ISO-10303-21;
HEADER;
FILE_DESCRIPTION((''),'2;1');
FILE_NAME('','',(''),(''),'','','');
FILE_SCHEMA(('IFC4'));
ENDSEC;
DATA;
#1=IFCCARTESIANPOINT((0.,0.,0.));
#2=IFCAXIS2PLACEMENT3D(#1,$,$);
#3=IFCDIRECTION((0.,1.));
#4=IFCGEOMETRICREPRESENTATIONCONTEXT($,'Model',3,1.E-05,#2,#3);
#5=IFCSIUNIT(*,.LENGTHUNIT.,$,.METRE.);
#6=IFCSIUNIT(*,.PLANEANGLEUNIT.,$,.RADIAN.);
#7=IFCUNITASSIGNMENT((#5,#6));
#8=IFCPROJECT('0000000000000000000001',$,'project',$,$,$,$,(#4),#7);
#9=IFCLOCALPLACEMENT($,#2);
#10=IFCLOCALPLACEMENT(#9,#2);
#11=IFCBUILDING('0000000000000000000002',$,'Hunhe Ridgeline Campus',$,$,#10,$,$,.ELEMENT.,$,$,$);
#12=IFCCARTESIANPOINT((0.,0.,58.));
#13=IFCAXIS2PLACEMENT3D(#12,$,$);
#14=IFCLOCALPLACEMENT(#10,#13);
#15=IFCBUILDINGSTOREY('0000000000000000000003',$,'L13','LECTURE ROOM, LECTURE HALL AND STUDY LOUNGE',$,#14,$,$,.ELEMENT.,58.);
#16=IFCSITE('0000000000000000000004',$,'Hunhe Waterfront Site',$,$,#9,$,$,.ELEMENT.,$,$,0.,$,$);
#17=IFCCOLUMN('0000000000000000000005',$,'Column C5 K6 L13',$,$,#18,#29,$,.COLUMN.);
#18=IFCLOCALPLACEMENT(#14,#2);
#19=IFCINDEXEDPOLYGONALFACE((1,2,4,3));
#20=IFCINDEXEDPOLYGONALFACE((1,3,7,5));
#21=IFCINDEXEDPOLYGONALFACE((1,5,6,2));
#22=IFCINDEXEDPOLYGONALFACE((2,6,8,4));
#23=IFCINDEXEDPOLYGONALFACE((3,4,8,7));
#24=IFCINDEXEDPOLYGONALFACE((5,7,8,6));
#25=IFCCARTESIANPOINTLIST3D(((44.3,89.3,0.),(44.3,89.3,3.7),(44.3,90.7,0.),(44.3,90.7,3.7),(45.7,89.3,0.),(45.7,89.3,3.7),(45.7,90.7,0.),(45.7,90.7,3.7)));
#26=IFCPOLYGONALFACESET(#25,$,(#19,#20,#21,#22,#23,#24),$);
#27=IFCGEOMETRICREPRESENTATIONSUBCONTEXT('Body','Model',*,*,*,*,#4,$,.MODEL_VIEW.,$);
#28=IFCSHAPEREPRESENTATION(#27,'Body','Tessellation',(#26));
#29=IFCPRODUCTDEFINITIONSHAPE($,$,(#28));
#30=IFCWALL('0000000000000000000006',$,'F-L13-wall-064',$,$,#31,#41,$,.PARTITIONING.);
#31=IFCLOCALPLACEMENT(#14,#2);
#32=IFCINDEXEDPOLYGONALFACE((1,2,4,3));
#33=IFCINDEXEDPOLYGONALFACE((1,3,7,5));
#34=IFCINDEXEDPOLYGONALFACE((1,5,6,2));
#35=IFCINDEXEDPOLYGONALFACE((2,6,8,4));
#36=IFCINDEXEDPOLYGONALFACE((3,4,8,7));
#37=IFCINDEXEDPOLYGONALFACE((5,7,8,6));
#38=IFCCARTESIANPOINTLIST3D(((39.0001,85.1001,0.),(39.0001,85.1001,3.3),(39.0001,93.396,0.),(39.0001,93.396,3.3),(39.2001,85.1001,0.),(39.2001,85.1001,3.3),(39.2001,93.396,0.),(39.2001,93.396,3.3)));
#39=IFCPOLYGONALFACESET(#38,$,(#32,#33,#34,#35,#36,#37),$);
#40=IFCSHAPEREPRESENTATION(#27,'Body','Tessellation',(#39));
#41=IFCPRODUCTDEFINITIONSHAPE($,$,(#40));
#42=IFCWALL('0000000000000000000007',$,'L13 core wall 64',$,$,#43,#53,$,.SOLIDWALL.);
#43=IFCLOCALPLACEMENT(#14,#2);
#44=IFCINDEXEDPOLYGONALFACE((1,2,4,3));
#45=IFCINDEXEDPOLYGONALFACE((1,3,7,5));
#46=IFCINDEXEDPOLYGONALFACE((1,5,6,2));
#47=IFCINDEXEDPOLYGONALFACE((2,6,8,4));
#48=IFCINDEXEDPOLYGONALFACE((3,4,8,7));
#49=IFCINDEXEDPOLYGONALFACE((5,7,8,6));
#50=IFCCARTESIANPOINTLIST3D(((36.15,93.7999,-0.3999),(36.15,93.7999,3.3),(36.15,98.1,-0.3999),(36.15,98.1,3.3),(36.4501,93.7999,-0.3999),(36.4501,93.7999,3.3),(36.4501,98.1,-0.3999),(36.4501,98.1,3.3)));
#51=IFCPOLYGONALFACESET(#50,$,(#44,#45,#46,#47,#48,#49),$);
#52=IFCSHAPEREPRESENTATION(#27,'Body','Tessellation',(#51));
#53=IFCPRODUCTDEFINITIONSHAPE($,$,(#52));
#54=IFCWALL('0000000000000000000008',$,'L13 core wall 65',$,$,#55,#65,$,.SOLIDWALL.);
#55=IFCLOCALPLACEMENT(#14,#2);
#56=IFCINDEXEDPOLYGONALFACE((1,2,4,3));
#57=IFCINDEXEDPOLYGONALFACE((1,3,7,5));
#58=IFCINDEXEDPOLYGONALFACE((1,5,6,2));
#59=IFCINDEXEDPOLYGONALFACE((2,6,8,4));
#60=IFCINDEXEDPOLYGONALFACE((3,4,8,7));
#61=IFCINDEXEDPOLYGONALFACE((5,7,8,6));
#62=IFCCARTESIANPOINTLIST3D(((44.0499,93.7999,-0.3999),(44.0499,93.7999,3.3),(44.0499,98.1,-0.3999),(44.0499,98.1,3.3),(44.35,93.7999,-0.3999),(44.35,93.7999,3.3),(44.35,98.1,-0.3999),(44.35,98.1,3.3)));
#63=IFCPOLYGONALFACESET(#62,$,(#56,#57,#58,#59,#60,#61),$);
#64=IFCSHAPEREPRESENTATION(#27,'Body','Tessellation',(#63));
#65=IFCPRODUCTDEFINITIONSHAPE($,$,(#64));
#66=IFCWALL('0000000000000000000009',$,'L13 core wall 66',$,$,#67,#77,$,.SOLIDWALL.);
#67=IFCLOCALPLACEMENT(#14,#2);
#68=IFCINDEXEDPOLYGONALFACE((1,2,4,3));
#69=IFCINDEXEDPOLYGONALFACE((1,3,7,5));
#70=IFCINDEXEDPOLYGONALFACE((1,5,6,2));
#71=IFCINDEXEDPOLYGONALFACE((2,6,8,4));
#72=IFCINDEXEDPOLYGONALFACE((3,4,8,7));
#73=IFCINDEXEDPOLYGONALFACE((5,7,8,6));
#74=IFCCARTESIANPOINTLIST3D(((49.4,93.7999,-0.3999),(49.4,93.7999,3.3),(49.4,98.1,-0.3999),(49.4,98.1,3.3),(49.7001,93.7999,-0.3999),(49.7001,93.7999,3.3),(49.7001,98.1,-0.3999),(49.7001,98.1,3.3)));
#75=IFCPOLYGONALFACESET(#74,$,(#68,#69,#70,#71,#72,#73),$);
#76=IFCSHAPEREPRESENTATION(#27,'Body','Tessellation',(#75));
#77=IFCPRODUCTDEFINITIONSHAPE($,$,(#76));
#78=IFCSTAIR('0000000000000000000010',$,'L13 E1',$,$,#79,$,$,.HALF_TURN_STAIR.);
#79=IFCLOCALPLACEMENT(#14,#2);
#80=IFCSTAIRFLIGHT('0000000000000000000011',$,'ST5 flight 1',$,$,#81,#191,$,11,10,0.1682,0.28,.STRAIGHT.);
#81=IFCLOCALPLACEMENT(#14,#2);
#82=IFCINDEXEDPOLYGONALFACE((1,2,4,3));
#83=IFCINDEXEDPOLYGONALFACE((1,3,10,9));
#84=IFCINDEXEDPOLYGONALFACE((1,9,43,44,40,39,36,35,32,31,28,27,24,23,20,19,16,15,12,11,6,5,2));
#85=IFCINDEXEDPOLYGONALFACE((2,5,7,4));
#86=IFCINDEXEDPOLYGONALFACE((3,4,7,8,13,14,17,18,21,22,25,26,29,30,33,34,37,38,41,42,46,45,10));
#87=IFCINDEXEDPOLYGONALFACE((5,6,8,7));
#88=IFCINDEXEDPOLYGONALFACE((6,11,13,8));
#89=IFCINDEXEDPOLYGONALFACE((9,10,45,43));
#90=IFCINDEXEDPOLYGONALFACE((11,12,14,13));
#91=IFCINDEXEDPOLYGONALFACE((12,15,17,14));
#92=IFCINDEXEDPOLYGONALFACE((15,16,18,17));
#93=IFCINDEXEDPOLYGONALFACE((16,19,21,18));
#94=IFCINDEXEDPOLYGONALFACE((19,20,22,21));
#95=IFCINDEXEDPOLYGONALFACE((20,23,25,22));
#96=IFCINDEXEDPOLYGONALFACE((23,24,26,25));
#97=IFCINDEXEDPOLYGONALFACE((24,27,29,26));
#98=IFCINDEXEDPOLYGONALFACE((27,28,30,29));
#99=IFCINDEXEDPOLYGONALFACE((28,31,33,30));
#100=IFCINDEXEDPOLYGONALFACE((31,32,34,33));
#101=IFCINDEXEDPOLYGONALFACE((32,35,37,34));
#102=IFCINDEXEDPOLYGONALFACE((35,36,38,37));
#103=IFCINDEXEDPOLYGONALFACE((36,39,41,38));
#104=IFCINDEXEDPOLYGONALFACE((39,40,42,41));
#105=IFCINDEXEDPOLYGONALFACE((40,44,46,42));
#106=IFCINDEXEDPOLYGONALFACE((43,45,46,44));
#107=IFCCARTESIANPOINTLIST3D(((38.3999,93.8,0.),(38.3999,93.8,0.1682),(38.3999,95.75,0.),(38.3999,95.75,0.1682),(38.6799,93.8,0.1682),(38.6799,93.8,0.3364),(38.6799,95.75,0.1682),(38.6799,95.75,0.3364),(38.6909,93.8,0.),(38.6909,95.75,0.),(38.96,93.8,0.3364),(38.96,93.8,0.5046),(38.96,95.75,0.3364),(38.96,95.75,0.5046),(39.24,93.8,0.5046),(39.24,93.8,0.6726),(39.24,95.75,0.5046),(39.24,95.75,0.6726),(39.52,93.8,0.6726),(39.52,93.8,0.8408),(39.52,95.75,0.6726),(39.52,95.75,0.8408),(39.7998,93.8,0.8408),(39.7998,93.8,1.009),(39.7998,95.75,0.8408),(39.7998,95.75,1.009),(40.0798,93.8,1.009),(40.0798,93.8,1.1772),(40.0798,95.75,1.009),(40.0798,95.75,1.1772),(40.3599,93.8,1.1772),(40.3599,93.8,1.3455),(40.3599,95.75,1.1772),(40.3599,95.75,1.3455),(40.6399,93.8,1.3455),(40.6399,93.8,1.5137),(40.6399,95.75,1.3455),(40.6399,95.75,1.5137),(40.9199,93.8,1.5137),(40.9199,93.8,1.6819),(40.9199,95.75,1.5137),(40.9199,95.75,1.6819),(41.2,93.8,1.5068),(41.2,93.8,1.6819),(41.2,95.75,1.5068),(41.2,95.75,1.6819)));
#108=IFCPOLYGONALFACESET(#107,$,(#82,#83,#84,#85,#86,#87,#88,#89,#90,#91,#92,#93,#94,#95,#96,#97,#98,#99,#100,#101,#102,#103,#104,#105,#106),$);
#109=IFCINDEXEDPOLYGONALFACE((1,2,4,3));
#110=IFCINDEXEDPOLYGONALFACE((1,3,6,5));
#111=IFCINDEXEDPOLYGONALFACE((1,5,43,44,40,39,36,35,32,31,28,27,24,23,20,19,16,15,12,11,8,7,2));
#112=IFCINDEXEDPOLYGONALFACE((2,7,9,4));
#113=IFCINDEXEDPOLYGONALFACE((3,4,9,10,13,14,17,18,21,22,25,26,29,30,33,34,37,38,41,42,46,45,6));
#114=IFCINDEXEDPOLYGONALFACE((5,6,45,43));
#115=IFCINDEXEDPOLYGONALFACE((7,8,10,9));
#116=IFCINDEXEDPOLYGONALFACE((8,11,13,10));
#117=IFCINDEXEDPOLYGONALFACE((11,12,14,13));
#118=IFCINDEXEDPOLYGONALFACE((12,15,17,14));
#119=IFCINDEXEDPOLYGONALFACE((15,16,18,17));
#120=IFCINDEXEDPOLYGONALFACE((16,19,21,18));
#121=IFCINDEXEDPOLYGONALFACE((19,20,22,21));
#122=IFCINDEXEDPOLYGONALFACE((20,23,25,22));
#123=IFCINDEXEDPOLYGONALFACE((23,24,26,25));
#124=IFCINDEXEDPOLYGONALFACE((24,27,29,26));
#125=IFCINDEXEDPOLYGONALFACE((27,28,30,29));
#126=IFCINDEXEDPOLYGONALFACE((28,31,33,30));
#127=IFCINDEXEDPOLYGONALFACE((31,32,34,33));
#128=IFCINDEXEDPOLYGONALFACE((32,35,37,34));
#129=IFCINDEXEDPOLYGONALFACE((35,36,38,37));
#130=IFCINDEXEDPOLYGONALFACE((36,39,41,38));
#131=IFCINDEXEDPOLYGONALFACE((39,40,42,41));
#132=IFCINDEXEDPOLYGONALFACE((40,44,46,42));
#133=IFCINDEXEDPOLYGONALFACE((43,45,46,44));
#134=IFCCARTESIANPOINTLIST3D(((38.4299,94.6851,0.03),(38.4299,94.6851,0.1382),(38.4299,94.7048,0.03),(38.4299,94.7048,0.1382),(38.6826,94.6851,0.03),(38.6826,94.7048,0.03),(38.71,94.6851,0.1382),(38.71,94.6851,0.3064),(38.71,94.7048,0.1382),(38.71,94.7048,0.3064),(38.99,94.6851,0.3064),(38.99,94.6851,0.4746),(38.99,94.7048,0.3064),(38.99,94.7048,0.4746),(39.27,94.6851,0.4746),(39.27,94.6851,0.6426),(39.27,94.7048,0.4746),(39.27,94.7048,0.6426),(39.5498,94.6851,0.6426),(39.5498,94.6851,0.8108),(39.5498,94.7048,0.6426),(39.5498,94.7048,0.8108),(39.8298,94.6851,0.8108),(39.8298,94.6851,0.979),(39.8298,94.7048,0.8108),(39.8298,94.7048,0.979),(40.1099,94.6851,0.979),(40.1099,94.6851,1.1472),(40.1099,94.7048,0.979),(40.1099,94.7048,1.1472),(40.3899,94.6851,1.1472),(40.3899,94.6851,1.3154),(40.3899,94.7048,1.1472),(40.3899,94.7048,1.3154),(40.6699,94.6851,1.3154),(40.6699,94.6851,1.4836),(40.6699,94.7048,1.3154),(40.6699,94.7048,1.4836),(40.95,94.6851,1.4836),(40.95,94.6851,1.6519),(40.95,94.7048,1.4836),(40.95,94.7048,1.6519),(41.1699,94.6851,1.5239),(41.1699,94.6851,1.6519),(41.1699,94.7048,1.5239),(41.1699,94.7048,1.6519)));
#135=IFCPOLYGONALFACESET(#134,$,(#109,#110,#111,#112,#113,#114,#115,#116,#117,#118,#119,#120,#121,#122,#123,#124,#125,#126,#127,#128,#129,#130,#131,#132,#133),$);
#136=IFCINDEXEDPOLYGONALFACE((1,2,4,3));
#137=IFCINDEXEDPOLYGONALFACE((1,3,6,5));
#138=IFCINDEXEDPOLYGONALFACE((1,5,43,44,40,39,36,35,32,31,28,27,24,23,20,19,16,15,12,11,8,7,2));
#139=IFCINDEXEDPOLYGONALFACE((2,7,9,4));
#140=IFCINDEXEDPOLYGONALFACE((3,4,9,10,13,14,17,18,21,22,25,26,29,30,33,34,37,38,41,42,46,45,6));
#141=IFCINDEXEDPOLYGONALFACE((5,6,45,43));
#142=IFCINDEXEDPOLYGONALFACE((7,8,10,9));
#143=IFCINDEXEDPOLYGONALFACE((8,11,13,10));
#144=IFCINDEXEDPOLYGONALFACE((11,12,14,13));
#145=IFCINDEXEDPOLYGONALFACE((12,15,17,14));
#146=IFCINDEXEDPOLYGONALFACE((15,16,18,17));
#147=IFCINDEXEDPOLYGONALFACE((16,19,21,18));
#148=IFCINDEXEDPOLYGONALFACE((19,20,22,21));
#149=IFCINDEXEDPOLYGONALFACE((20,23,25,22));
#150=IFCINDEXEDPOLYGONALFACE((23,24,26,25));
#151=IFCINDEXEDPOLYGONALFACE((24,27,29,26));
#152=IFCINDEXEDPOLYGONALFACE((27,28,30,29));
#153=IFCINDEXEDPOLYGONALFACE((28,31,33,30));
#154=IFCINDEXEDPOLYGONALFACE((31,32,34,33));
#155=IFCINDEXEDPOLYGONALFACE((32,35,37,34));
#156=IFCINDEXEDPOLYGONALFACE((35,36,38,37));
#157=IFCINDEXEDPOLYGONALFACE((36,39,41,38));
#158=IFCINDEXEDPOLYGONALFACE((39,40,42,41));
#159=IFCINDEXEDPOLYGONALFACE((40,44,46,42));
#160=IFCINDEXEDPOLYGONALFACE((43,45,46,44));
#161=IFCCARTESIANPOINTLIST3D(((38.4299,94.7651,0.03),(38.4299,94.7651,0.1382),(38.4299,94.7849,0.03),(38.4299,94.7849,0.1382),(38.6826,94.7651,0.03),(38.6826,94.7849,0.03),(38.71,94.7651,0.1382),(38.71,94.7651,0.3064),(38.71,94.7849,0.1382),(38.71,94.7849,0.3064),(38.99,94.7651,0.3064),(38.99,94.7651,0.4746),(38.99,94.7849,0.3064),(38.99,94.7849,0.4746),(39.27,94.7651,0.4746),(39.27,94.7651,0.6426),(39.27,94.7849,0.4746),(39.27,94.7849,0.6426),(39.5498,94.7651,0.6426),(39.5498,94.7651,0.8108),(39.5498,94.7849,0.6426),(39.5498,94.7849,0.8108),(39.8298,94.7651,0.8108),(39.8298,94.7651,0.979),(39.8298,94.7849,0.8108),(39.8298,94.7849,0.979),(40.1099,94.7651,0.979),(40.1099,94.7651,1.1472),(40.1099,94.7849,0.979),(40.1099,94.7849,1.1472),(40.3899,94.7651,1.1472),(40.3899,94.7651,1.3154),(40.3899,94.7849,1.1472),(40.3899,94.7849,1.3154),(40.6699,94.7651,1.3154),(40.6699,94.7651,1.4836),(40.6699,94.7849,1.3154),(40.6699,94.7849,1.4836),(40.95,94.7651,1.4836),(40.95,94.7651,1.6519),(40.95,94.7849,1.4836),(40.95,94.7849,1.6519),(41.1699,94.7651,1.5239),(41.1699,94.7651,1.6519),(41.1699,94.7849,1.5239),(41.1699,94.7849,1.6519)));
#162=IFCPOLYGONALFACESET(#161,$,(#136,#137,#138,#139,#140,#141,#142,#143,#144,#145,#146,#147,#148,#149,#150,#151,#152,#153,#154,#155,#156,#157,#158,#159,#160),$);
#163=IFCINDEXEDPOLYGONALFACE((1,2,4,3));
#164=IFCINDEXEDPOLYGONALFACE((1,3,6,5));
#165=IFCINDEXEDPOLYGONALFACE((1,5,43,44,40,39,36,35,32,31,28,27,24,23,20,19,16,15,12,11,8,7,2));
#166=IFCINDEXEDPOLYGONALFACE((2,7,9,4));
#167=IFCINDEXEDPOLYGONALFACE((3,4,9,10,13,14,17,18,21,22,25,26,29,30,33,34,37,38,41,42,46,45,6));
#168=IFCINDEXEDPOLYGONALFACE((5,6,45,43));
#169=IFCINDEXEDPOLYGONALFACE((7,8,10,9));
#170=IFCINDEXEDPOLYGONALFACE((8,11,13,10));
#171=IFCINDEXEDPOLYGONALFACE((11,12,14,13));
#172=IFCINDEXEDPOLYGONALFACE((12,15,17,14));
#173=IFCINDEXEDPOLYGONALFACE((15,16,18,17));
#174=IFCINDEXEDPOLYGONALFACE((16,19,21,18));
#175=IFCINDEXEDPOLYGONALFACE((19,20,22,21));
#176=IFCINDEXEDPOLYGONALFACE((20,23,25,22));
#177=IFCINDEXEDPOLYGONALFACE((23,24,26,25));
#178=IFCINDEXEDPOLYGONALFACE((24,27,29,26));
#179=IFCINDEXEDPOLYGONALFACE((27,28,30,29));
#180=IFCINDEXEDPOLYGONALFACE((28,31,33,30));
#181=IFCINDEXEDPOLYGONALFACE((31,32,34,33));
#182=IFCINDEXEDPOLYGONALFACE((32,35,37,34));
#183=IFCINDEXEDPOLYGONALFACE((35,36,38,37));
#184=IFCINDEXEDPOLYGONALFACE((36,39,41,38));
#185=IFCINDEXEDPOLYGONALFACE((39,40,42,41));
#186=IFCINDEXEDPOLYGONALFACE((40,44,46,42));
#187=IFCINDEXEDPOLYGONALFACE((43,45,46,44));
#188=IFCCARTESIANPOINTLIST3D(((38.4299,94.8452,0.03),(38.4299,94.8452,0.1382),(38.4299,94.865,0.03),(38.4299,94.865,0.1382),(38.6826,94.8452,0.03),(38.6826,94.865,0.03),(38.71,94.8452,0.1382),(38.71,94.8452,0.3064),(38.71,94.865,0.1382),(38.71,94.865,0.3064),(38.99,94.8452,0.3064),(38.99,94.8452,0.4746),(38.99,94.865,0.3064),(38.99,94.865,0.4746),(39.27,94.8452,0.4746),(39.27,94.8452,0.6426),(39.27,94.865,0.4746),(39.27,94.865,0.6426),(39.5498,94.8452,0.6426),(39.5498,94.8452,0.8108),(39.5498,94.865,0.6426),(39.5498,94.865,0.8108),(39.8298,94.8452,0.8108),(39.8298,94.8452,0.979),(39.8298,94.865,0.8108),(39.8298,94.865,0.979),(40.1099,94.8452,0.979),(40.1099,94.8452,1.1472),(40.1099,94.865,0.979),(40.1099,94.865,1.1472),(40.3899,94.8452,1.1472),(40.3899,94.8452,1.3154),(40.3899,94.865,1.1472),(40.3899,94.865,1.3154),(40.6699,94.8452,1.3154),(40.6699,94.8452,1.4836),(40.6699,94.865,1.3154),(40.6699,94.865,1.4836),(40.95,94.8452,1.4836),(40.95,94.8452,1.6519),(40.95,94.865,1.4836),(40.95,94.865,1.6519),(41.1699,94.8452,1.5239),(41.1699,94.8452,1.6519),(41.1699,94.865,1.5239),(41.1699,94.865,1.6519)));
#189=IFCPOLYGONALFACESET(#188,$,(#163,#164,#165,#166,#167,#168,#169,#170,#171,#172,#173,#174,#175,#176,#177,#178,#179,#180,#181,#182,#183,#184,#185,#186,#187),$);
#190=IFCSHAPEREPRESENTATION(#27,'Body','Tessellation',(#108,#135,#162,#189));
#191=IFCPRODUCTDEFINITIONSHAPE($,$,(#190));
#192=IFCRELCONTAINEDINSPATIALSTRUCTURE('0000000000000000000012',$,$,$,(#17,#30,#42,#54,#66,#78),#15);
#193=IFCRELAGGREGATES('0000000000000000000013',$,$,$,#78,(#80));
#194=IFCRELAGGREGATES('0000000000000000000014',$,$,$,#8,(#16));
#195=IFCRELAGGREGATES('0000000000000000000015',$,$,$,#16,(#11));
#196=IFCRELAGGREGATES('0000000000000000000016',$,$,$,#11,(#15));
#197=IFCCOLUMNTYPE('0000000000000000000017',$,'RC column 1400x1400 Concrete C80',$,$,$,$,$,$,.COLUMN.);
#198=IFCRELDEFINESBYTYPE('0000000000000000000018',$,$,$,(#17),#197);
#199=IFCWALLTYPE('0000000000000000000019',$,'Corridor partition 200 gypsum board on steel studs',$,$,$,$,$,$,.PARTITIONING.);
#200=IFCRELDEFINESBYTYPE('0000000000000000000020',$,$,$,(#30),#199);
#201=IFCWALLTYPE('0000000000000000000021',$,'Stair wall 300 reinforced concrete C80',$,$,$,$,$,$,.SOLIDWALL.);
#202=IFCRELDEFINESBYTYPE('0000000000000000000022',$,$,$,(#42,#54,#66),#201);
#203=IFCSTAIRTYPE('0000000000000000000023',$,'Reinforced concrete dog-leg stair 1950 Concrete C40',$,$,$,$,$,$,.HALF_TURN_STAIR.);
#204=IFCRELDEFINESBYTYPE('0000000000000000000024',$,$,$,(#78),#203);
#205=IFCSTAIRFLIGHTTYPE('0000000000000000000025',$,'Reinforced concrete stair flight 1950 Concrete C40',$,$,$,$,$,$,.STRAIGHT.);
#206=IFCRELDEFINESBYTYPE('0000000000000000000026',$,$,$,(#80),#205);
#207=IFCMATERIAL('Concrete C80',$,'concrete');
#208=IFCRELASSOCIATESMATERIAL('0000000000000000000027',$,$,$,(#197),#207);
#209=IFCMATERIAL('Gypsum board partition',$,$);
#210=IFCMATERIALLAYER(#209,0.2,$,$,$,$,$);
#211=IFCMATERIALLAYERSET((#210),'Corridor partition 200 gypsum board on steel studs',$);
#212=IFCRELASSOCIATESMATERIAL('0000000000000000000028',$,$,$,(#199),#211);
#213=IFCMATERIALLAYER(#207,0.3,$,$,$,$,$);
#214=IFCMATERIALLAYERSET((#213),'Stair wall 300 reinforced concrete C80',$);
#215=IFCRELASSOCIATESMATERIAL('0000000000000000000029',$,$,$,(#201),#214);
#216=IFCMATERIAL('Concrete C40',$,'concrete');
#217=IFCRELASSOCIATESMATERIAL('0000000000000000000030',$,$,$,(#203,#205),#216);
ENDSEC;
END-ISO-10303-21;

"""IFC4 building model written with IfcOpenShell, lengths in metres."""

from ifc_helpers import new_model, si_unit, direction, frame, frame_2d, origin, origin_2d, place, context, subcontext, project, spatial, polyline, rectangle, outline, extrude, material, layer, layer_set, material_profile, profile_set, type_object, element, aggregate, save


model = new_model("IFC4")

# Units and contexts
model_context = context("Model", 3, precision=1e-05, world=origin(), true_north=direction((0.0, 1.0)))
body_context = subcontext(model_context, "Body", "Model", "MODEL_VIEW")
ifc_project = project(units=[si_unit("LENGTHUNIT", "METRE"), si_unit("PLANEANGLEUNIT", "RADIAN")], contexts=[model_context])

# Site, building, storey
site_placement = place(None, origin())
site = spatial("IfcSite", under=ifc_project, at=site_placement, Name="Hunhe Waterfront Site", CompositionType="ELEMENT", RefElevation=0.0)
building_placement = place(site_placement, origin())
building = spatial("IfcBuilding", under=site, at=building_placement, Name="Hunhe Ridgeline Campus", CompositionType="ELEMENT")
storey_placement = place(building_placement, frame((0.0, 0.0, 58.0)))
storey = spatial("IfcBuildingStorey", under=building, at=storey_placement, Name="L13", Description="LECTURE ROOM, LECTURE HALL AND STUDY LOUNGE", CompositionType="ELEMENT", Elevation=58.0)

# Column
ifc_material_1 = material(Name="Concrete C80", Category="concrete")
ifc_material_profile = material_profile(ifc_material_1, rectangle(XDim=1.3999, YDim=1.3999, at=origin_2d()))
ifc_profile_set = profile_set([ifc_material_profile], Name="Concrete C80")
column_type = type_object("IfcColumnType", Name="RC column 1400x1400 Concrete C80", PredefinedType="COLUMN", material=ifc_profile_set)
column_placement = place(storey_placement, frame((45.0, 90.0, 0.0), z_axis=(0.0, 0.0, 1.0), x_axis=(1.0, 0.0, 0.0)))
element("IfcColumn", 1, at=column_placement, inside=storey, type_object=column_type, Name="Column C5 K6 L13", PredefinedType="COLUMN", context=body_context, shape_type="SweptSolid", body=[
    extrude(rectangle(XDim=1.3999, YDim=1.3999, at=origin_2d()), origin(), (0.0, 0.0, 1.0), 3.7),
])

# Wall
ifc_material_2 = material(Name="Gypsum board partition")
ifc_layer_1 = layer(ifc_material_2, 0.2)
ifc_layer_set_1 = layer_set([ifc_layer_1], Name="Corridor partition 200 gypsum board on steel studs")
wall_type_1 = type_object("IfcWallType", Name="Corridor partition 200 gypsum board on steel studs", PredefinedType="PARTITIONING", material=ifc_layer_set_1)
wall_1_placement = place(storey_placement, frame((39.1001, 93.396, 0.0), z_axis=(0.0, 0.0, 1.0), x_axis=(0.0, -1.0, 0.0)))
element("IfcWall", 2, at=wall_1_placement, inside=storey, type_object=wall_type_1, Name="F-L13-wall-064", PredefinedType="PARTITIONING", context=body_context, shape_type="SweptSolid", body=[
    extrude(rectangle(XDim=8.2959, YDim=0.2, at=frame_2d((4.1479, 0.0))), origin(), (0.0, 0.0, 1.0), 3.3),
])

# Shared definitions
ifc_layer_2 = layer(ifc_material_1, 0.3)
ifc_layer_set_2 = layer_set([ifc_layer_2], Name="Stair wall 300 reinforced concrete C80")
wall_type_2 = type_object("IfcWallType", Name="Stair wall 300 reinforced concrete C80", PredefinedType="SOLIDWALL", material=ifc_layer_set_2)

# Walls
for number, where, z_axis, x_axis, name in (
    (3, (36.3, 93.8, -0.3999), (0.0, 0.0, 1.0), (0.0, 1.0, 0.0), "L13 core wall 64"),
    (4, (44.2, 93.8, -0.3999), (0.0, 0.0, 1.0), (0.0, 1.0, 0.0), "L13 core wall 65"),
    (5, (49.55, 93.8, -0.3999), (0.0, 0.0, 1.0), (0.0, 1.0, 0.0), "L13 core wall 66"),
):
    element("IfcWall", number, at=place(storey_placement, frame(where, z_axis=z_axis, x_axis=x_axis)), inside=storey, type_object=wall_type_2, Name=name, PredefinedType="SOLIDWALL", context=body_context, shape_type="SweptSolid", body=[
        extrude(rectangle(XDim=4.3, YDim=0.3, at=frame_2d((2.1499, 0.0))), origin(), (0.0, 0.0, 1.0), 3.7),
    ])

# Stair, stair flight
ifc_material_3 = material(Name="Concrete C40", Category="concrete")
stair_type = type_object("IfcStairType", Name="Reinforced concrete dog-leg stair 1950 Concrete C40", PredefinedType="HALF_TURN_STAIR", material=ifc_material_3)
stair_1_placement = place(storey_placement, origin())
stair_1 = element("IfcStair", 6, at=stair_1_placement, inside=storey, type_object=stair_type, Name="L13 E1", PredefinedType="HALF_TURN_STAIR")
stair_flight_type = type_object("IfcStairFlightType", Name="Reinforced concrete stair flight 1950 Concrete C40", PredefinedType="STRAIGHT", material=ifc_material_3)
stair_flight_1_placement = place(storey_placement, frame((38.3999, 94.7749, 0.0), z_axis=(0.0, 0.0, 1.0), x_axis=(1.0, 0.0, 0.0)))
stair_flight_1 = element("IfcStairFlight", 7, at=stair_flight_1_placement, type_object=stair_flight_type, Name="ST5 flight 1", NumberOfRisers=11, NumberOfTreads=10, PredefinedType="STRAIGHT", RiserHeight=0.1682, TreadLength=0.28, context=body_context, shape_type="SweptSolid", body=[
    extrude(outline(polyline([(0.0, 0.0), (0.0, 0.1682), (0.28, 0.1682), (0.28, 0.3364), (0.5601, 0.3364), (0.5601, 0.5046), (0.8401, 0.5046), (0.8401, 0.6726), (1.1201, 0.6726), (1.1201, 0.8408), (1.3999, 0.8408), (1.3999, 1.009), (1.6799, 1.009), (1.6799, 1.1772), (1.96, 1.1772), (1.96, 1.3455), (2.24, 1.3455), (2.24, 1.5137), (2.52, 1.5137), (2.52, 1.6819), (2.8, 1.6819), (2.8, 1.8501), (2.8, 1.5068), (0.291, 0.0), (0.0, 0.0)])), frame((0.0, 0.9751, 0.0), z_axis=(0.0, -1.0, 0.0), x_axis=(1.0, 0.0, 0.0)), (0.0, 0.0, 1.0), 1.95),
    extrude(outline(polyline([(0.03, 0.03), (0.03, 0.1382), (0.3101, 0.1382), (0.3101, 0.3064), (0.5901, 0.3064), (0.5901, 0.4746), (0.8701, 0.4746), (0.8701, 0.6426), (1.1499, 0.6426), (1.1499, 0.8108), (1.4299, 0.8108), (1.4299, 0.979), (1.71, 0.979), (1.71, 1.1472), (1.99, 1.1472), (1.99, 1.3154), (2.27, 1.3154), (2.27, 1.4836), (2.55, 1.4836), (2.55, 1.6519), (2.77, 1.6519), (2.77, 1.5239), (0.2827, 0.03), (0.03, 0.03)])), frame((0.0, -0.0701, 0.0), z_axis=(0.0, -1.0, 0.0), x_axis=(1.0, 0.0, 0.0)), (0.0, 0.0, 1.0), 0.0198),
    extrude(outline(polyline([(0.03, 0.03), (0.03, 0.1382), (0.3101, 0.1382), (0.3101, 0.3064), (0.5901, 0.3064), (0.5901, 0.4746), (0.8701, 0.4746), (0.8701, 0.6426), (1.1499, 0.6426), (1.1499, 0.8108), (1.4299, 0.8108), (1.4299, 0.979), (1.71, 0.979), (1.71, 1.1472), (1.99, 1.1472), (1.99, 1.3154), (2.27, 1.3154), (2.27, 1.4836), (2.55, 1.4836), (2.55, 1.6519), (2.77, 1.6519), (2.77, 1.5239), (0.2827, 0.03), (0.03, 0.03)])), frame((0.0, 0.01, 0.0), z_axis=(0.0, -1.0, 0.0), x_axis=(1.0, 0.0, 0.0)), (0.0, 0.0, 1.0), 0.0198),
    extrude(outline(polyline([(0.03, 0.03), (0.03, 0.1382), (0.3101, 0.1382), (0.3101, 0.3064), (0.5901, 0.3064), (0.5901, 0.4746), (0.8701, 0.4746), (0.8701, 0.6426), (1.1499, 0.6426), (1.1499, 0.8108), (1.4299, 0.8108), (1.4299, 0.979), (1.71, 0.979), (1.71, 1.1472), (1.99, 1.1472), (1.99, 1.3154), (2.27, 1.3154), (2.27, 1.4836), (2.55, 1.4836), (2.55, 1.6519), (2.77, 1.6519), (2.77, 1.5239), (0.2827, 0.03), (0.03, 0.03)])), frame((0.0, 0.0901, 0.0), z_axis=(0.0, -1.0, 0.0), x_axis=(1.0, 0.0, 0.0)), (0.0, 0.0, 1.0), 0.0198),
])
aggregate(stair_1, [stair_flight_1])

save(model, "model.ifc")
